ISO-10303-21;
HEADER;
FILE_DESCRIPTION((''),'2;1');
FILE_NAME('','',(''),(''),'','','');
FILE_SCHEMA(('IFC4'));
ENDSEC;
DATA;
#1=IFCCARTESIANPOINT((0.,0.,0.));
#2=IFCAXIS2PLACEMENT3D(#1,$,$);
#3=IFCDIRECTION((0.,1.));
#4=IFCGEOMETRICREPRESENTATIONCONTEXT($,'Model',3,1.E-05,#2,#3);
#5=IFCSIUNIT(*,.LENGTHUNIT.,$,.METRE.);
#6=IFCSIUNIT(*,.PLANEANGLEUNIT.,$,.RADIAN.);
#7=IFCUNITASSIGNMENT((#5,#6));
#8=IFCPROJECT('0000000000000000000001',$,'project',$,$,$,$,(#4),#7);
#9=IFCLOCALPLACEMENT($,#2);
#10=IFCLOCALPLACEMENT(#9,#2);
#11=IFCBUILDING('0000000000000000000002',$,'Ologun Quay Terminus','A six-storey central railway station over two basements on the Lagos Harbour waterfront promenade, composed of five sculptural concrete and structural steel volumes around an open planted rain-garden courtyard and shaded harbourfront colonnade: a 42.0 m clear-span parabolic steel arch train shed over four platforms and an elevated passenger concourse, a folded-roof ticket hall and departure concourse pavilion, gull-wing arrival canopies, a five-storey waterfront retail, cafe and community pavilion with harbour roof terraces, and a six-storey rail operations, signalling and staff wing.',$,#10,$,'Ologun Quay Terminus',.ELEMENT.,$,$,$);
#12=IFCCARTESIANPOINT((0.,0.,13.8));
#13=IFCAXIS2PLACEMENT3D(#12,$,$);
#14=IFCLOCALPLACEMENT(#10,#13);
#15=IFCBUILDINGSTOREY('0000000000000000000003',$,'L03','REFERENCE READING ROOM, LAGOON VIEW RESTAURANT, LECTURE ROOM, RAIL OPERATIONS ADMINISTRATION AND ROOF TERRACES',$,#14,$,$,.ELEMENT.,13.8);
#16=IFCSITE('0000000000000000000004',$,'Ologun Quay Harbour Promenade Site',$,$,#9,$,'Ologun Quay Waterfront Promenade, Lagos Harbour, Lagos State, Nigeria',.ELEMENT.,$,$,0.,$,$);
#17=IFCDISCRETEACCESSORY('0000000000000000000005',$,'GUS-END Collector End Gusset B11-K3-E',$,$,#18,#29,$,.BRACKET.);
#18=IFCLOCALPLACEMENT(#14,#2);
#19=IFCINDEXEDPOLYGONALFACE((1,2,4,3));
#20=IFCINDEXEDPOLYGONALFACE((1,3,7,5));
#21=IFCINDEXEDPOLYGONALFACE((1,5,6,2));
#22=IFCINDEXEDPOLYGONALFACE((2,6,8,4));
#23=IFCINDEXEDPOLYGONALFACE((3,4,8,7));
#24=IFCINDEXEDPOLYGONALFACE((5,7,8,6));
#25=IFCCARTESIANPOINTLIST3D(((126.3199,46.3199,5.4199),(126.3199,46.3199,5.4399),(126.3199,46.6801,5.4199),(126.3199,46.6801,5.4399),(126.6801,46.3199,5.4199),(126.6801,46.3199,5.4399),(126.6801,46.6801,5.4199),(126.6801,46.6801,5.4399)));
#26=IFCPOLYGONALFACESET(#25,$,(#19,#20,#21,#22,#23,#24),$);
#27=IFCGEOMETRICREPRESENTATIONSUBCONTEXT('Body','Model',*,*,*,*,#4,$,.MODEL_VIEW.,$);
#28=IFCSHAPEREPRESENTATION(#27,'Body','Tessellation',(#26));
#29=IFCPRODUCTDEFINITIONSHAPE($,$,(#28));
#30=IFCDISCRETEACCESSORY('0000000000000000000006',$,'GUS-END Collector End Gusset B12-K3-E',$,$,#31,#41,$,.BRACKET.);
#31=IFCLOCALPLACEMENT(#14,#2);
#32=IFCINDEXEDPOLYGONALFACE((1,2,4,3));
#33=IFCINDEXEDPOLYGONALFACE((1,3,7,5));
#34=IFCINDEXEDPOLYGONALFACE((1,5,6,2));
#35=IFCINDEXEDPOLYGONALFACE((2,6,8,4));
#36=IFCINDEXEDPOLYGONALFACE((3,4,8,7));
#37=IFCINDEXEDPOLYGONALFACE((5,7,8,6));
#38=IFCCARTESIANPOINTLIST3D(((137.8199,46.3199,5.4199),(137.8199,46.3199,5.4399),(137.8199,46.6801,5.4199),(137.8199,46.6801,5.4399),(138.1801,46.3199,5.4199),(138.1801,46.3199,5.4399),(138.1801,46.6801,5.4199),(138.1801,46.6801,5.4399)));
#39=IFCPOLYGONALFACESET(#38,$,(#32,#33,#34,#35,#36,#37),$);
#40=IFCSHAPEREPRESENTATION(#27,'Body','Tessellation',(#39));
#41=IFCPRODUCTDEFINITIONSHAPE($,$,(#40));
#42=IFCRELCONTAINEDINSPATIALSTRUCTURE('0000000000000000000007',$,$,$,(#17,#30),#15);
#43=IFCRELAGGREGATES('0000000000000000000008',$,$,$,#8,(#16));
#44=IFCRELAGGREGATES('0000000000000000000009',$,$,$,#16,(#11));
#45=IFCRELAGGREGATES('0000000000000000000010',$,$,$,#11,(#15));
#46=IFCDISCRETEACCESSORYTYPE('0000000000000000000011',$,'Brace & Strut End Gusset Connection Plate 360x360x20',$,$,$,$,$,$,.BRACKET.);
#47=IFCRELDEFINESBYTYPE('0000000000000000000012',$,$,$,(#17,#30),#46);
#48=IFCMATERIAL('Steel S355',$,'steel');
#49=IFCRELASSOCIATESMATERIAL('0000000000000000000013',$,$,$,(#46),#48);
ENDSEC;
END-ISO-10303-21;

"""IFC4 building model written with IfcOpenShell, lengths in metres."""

from ifc_helpers import new_model, si_unit, direction, frame, origin, origin_2d, place, context, subcontext, project, spatial, rectangle, extrude, material, type_object, element, save


model = new_model("IFC4")

# Units and contexts
model_context = context("Model", 3, precision=1e-05, world=origin(), true_north=direction((0.0, 1.0)))
body_context = subcontext(model_context, "Body", "Model", "MODEL_VIEW")
ifc_project = project(units=[si_unit("LENGTHUNIT", "METRE"), si_unit("PLANEANGLEUNIT", "RADIAN")], contexts=[model_context])

# Site, building, storey
site_placement = place(None, origin())
site = spatial("IfcSite", under=ifc_project, at=site_placement, Name="Ologun Quay Harbour Promenade Site", LongName="Ologun Quay Waterfront Promenade, Lagos Harbour, Lagos State, Nigeria", CompositionType="ELEMENT", RefElevation=0.0)
building_placement = place(site_placement, origin())
building = spatial("IfcBuilding", under=site, at=building_placement, Name="Ologun Quay Terminus", Description="A six-storey central railway station over two basements on the Lagos Harbour waterfront promenade, composed of five sculptural concrete and structural steel volumes around an open planted rain-garden courtyard and shaded harbourfront colonnade: a 42.0 m clear-span parabolic steel arch train shed over four platforms and an elevated passenger concourse, a folded-roof ticket hall and departure concourse pavilion, gull-wing arrival canopies, a five-storey waterfront retail, cafe and community pavilion with harbour roof terraces, and a six-storey rail operations, signalling and staff wing.", LongName="Ologun Quay Terminus", CompositionType="ELEMENT")
storey_placement = place(building_placement, frame((0.0, 0.0, 13.8)))
storey = spatial("IfcBuildingStorey", under=building, at=storey_placement, Name="L03", Description="REFERENCE READING ROOM, LAGOON VIEW RESTAURANT, LECTURE ROOM, RAIL OPERATIONS ADMINISTRATION AND ROOF TERRACES", CompositionType="ELEMENT", Elevation=13.8)

# Discrete accessories
ifc_material_1 = material(Name="Steel S355", Category="steel")
discrete_accessory_type = type_object("IfcDiscreteAccessoryType", Name="Brace & Strut End Gusset Connection Plate 360x360x20", PredefinedType="BRACKET", material=ifc_material_1)
for number, where, z_axis, x_axis, name in (
    (1, (126.5, 46.5, 5.4199), (0.0, 0.0, 1.0), (1.0, 0.0, 0.0), "GUS-END Collector End Gusset B11-K3-E"),
    (2, (138.0, 46.5, 5.4199), (0.0, 0.0, 1.0), (1.0, 0.0, 0.0), "GUS-END Collector End Gusset B12-K3-E"),
):
    element("IfcDiscreteAccessory", number, at=place(storey_placement, frame(where, z_axis=z_axis, x_axis=x_axis)), inside=storey, type_object=discrete_accessory_type, Name=name, PredefinedType="BRACKET", context=body_context, shape_type="SweptSolid", body=[
        extrude(rectangle(XDim=0.3601, YDim=0.3601, at=origin_2d()), origin(), (0.0, 0.0, 1.0), 0.02),
    ])

save(model, "model.ifc")
